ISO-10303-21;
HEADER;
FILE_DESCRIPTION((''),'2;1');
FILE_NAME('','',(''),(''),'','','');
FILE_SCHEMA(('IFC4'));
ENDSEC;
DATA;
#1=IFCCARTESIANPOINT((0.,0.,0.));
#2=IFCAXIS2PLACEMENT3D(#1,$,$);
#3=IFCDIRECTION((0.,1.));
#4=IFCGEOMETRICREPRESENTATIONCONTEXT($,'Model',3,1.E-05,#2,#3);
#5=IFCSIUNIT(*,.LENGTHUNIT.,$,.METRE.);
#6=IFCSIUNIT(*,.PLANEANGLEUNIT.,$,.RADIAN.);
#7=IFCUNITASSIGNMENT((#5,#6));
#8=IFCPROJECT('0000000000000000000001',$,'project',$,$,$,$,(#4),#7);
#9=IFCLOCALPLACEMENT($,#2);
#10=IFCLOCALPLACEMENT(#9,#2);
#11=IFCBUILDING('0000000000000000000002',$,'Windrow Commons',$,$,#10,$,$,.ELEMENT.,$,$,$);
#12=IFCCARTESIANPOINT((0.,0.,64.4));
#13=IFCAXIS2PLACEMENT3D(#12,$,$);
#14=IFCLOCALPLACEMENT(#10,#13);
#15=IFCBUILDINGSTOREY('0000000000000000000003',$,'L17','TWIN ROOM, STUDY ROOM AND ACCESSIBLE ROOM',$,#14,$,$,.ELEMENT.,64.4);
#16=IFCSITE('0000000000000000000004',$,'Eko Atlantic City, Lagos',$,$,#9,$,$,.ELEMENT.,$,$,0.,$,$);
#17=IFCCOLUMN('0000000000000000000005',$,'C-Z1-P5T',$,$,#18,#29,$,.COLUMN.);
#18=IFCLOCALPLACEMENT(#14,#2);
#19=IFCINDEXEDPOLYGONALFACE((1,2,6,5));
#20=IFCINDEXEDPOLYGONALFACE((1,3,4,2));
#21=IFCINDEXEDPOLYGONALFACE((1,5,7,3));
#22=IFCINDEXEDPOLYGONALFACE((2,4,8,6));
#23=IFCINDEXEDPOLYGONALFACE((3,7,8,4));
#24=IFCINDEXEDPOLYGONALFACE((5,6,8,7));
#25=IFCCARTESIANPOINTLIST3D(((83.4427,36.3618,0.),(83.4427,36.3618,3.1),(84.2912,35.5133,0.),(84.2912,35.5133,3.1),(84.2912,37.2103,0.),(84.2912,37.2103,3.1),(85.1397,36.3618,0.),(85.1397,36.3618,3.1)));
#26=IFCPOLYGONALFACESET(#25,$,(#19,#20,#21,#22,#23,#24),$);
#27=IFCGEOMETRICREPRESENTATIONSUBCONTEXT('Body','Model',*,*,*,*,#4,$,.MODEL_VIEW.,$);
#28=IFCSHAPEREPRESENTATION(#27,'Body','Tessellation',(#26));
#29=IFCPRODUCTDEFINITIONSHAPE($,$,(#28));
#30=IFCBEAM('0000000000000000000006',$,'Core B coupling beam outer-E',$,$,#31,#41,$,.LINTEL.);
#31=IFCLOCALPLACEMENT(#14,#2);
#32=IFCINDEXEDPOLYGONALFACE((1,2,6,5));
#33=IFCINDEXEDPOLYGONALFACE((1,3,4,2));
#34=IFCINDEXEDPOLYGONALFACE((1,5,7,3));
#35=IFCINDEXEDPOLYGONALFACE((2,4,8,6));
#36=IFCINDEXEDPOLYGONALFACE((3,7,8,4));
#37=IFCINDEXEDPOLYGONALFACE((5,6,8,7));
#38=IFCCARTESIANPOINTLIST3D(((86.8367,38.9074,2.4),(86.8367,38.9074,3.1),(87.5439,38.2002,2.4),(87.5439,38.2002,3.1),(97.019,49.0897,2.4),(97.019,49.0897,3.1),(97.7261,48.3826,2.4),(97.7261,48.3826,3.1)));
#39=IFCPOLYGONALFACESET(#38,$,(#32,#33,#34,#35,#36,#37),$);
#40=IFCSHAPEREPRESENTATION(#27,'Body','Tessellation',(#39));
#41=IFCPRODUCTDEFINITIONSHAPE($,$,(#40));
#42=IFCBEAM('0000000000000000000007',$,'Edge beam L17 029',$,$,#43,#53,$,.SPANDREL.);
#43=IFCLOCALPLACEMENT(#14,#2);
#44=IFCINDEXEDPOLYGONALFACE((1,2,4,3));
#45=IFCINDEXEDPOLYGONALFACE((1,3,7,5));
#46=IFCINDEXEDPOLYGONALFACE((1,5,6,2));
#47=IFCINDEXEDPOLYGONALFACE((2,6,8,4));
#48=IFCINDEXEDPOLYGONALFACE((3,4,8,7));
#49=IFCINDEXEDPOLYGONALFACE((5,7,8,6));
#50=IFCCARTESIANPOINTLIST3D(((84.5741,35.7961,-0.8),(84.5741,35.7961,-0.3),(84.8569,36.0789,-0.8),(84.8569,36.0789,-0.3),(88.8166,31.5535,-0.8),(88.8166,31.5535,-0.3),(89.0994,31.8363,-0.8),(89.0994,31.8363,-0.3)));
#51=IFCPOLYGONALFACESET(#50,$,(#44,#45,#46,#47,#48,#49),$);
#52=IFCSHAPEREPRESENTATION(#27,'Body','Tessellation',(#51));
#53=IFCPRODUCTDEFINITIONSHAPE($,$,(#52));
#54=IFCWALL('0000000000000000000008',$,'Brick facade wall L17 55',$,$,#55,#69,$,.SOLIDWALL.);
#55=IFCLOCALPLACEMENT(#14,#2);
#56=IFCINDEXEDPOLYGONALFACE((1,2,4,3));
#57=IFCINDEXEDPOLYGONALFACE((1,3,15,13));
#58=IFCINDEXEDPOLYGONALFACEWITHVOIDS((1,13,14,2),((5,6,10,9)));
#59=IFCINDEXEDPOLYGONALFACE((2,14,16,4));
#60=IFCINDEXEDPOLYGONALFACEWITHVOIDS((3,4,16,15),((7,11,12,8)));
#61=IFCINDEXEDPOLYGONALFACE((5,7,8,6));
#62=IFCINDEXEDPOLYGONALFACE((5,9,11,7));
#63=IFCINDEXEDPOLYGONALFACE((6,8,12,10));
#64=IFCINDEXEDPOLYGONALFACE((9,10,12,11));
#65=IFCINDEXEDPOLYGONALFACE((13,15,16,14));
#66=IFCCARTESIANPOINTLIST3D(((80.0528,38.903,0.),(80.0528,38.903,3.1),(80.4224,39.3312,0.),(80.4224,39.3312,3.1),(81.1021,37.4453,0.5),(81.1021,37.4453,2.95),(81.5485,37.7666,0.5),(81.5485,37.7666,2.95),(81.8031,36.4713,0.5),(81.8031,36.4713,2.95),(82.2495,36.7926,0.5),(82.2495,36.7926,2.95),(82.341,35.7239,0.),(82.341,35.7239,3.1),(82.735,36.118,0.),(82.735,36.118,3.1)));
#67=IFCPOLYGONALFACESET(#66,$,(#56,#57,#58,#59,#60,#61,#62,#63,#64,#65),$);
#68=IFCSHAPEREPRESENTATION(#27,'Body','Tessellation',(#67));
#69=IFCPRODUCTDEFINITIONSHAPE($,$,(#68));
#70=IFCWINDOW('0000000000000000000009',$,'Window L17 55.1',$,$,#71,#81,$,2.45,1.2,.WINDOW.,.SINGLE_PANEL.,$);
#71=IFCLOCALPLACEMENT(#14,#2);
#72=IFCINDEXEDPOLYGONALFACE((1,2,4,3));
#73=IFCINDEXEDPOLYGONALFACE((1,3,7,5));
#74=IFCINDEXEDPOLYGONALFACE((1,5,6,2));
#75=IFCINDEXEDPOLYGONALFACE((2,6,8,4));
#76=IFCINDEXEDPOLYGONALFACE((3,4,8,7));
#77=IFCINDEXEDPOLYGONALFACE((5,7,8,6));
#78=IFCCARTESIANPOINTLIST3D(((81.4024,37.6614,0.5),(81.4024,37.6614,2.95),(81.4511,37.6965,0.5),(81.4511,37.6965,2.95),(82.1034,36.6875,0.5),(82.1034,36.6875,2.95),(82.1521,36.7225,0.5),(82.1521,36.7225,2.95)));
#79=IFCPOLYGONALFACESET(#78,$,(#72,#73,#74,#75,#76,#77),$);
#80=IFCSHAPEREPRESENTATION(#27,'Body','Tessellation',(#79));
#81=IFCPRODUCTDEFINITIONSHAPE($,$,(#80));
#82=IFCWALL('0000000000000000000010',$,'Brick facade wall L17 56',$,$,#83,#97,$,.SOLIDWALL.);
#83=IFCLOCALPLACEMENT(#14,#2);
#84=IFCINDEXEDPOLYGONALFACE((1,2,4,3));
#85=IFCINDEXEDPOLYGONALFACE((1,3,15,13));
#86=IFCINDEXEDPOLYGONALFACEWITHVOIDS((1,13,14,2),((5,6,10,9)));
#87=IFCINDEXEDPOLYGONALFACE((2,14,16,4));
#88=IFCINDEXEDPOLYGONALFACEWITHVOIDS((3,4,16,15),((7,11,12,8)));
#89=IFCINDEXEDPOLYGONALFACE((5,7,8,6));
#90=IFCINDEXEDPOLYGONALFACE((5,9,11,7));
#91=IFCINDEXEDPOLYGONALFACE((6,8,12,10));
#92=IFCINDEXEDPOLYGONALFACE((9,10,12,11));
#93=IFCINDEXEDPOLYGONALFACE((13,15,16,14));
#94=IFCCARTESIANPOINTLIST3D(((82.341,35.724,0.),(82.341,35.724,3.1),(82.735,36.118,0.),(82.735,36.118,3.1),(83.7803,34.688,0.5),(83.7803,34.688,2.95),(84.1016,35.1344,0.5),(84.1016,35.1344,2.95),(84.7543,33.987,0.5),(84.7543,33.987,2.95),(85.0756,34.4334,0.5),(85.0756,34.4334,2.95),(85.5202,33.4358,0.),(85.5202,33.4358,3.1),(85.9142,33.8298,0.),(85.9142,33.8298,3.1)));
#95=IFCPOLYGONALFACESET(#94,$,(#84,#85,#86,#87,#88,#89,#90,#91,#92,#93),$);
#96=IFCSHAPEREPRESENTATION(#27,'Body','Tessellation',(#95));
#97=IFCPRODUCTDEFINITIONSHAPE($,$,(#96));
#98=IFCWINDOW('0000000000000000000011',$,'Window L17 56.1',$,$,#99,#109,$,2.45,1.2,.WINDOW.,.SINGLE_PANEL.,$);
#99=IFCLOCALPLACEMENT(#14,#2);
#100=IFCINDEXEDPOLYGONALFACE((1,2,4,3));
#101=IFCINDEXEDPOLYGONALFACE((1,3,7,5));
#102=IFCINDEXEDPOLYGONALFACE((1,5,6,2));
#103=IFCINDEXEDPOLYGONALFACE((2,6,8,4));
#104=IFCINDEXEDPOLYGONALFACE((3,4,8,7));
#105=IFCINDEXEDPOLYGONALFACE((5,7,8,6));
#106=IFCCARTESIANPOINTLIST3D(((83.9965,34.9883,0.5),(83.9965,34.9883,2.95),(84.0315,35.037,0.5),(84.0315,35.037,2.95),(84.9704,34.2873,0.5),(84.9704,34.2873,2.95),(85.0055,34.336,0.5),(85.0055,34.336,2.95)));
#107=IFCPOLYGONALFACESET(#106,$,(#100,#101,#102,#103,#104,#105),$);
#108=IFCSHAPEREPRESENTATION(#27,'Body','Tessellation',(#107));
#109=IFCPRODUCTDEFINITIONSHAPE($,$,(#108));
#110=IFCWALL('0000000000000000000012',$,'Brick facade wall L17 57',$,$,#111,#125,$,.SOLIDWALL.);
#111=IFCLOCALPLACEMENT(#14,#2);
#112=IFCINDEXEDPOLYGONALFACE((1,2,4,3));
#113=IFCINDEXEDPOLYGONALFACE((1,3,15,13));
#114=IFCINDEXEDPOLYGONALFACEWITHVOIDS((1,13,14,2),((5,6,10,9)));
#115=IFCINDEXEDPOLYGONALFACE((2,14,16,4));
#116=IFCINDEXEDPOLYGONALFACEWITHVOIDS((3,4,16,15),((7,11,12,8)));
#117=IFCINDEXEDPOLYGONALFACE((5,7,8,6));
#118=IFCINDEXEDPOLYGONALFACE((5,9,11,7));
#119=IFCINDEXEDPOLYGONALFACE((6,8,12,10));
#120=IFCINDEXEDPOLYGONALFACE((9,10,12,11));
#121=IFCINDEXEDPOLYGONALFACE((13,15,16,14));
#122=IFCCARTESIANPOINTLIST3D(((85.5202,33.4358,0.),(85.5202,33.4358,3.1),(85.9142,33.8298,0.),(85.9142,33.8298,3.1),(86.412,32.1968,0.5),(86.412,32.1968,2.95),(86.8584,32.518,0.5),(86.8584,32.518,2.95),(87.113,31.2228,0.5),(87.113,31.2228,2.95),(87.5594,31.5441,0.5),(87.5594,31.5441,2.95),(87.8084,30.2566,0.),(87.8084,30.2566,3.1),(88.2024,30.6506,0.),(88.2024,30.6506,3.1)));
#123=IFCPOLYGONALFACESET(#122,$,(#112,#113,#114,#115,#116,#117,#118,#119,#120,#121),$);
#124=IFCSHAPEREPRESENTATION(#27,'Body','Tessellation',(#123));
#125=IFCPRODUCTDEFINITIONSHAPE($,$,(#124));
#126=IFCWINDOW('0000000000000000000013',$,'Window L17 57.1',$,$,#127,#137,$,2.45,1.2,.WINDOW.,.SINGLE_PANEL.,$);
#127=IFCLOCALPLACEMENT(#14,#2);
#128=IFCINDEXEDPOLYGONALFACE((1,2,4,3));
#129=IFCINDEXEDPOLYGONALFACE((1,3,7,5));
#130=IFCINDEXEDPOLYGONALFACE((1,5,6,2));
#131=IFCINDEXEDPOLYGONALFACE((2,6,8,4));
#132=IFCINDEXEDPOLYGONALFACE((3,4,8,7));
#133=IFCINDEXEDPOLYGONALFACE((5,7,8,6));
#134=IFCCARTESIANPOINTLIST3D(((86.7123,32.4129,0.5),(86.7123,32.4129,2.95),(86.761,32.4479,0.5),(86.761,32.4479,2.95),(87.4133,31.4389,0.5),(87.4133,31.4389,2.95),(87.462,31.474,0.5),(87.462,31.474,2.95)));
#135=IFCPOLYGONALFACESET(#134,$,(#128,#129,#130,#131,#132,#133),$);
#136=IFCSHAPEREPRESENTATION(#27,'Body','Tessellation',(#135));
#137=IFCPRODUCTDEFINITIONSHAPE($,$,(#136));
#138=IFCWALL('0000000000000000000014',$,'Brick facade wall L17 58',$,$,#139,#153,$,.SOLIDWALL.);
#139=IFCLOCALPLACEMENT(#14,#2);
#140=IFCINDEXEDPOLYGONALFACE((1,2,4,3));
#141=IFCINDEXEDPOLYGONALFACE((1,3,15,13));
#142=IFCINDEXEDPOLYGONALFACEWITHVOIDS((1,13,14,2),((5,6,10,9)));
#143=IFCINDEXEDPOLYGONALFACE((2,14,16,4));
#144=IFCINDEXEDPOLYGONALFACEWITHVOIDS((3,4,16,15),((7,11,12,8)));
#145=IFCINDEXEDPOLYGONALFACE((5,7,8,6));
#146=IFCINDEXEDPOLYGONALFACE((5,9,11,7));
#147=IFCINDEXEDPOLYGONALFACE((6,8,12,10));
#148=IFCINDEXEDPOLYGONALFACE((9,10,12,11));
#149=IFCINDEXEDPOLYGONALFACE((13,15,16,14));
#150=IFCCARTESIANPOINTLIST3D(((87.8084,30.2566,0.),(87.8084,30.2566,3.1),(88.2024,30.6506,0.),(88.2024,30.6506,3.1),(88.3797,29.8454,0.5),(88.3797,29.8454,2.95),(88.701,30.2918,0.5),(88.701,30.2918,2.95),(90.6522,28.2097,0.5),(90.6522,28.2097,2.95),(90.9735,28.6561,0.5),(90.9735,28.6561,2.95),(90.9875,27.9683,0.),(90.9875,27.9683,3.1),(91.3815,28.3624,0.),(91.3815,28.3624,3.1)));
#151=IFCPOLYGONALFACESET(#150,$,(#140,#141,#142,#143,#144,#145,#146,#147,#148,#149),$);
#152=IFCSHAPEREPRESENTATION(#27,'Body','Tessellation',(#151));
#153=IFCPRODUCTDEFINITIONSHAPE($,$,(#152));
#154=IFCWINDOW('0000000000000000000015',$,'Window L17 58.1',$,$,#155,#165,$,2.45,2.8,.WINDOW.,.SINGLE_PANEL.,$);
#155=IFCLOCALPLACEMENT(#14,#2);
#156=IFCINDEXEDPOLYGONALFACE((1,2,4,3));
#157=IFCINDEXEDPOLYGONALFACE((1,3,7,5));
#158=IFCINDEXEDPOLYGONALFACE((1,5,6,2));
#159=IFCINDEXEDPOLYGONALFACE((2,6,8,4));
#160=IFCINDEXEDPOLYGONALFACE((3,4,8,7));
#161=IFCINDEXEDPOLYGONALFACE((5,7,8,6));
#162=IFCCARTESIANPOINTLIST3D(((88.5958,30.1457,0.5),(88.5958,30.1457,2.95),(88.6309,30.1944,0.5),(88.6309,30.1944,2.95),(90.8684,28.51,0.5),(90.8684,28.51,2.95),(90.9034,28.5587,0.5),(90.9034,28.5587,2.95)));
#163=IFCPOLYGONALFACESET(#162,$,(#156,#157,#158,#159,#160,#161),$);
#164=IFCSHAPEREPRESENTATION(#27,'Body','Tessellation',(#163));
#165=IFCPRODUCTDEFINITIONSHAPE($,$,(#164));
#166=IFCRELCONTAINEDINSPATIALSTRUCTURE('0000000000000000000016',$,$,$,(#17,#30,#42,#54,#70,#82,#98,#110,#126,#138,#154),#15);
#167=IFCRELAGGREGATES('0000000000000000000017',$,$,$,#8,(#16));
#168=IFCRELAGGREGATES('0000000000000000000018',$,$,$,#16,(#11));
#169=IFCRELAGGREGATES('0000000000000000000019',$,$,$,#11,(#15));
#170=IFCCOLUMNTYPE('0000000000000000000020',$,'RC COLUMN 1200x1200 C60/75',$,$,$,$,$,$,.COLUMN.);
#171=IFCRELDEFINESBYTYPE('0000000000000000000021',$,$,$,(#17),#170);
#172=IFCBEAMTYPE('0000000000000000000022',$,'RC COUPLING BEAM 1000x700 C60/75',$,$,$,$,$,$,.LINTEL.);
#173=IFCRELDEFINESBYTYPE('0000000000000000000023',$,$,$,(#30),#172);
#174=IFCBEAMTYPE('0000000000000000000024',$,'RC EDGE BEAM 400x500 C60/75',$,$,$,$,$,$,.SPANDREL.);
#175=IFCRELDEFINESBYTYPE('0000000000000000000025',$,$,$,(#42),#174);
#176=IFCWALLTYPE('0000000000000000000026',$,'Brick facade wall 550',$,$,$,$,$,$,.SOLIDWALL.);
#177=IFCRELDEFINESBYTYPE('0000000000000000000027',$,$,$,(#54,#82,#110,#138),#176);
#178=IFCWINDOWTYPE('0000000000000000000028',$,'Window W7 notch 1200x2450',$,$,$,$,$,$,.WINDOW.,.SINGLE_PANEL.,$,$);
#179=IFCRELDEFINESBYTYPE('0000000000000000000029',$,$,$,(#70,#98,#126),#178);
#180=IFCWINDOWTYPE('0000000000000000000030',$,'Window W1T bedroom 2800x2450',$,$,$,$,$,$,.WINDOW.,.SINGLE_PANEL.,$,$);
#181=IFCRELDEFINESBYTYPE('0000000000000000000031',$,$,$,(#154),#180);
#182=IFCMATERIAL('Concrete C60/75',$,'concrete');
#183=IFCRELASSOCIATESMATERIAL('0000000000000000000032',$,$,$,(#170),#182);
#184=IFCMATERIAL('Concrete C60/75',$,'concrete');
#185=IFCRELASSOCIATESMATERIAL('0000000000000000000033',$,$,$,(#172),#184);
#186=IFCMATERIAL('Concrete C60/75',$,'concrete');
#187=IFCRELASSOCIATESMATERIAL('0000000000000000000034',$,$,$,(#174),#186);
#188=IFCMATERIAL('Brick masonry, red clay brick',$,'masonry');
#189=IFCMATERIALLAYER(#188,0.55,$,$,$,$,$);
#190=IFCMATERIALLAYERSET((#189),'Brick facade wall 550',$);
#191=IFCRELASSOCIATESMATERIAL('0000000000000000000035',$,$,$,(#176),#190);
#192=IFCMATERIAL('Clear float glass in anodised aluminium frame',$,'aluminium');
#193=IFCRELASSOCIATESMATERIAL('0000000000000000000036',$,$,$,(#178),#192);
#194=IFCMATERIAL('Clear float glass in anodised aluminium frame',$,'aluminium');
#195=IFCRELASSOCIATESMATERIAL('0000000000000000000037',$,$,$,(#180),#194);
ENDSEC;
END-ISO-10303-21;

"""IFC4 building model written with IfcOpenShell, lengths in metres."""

from ifc_helpers import new_model, si_unit, direction, frame, frame_2d, origin, origin_2d, place, context, subcontext, project, spatial, polyline, rectangle, outline, extrude, material, layer, layer_set, material_profile, profile_set, type_object, element, fill, save


model = new_model("IFC4")

# Units and contexts
model_context = context("Model", 3, precision=1e-05, world=origin(), true_north=direction((0.0, 1.0)))
body_context = subcontext(model_context, "Body", "Model", "MODEL_VIEW")
ifc_project = project(units=[si_unit("LENGTHUNIT", "METRE"), si_unit("PLANEANGLEUNIT", "RADIAN")], contexts=[model_context])

# Site, building, storey
site_placement = place(None, origin())
site = spatial("IfcSite", under=ifc_project, at=site_placement, Name="Eko Atlantic City, Lagos", CompositionType="ELEMENT", RefElevation=0.0)
building_placement = place(site_placement, origin())
building = spatial("IfcBuilding", under=site, at=building_placement, Name="Windrow Commons", CompositionType="ELEMENT")
storey_placement = place(building_placement, frame((0.0, 0.0, 64.4)))
storey = spatial("IfcBuildingStorey", under=building, at=storey_placement, Name="L17", Description="TWIN ROOM, STUDY ROOM AND ACCESSIBLE ROOM", CompositionType="ELEMENT", Elevation=64.4)

# Column
ifc_material_1 = material(Name="Concrete C60/75", Category="concrete")
ifc_material_profile_1 = material_profile(ifc_material_1, rectangle(XDim=1.2, YDim=1.2, at=origin_2d()))
ifc_profile_set_1 = profile_set([ifc_material_profile_1], Name="Concrete C60/75")
column_type = type_object("IfcColumnType", Name="RC COLUMN 1200x1200 C60/75", PredefinedType="COLUMN", material=ifc_profile_set_1)
column_placement = place(storey_placement, frame((84.2912, 36.3618, 0.0), z_axis=(0.0, 0.0, 1.0), x_axis=(0.707107, -0.707107, 0.0)))
element("IfcColumn", 1, at=column_placement, inside=storey, type_object=column_type, Name="C-Z1-P5T", PredefinedType="COLUMN", context=body_context, shape_type="SweptSolid", body=[
    extrude(rectangle(XDim=1.2, YDim=1.2, at=origin_2d()), origin(), (0.0, 0.0, 1.0), 3.1),
])

# Beams
ifc_material_2 = material(Name="Concrete C60/75", Category="concrete")
ifc_material_profile_2 = material_profile(ifc_material_2, rectangle(XDim=1.0, YDim=0.7, at=origin_2d()))
ifc_profile_set_2 = profile_set([ifc_material_profile_2], Name="Concrete C60/75")
beam_type_1 = type_object("IfcBeamType", Name="RC COUPLING BEAM 1000x700 C60/75", PredefinedType="LINTEL", material=ifc_profile_set_2)
beam_1_placement = place(storey_placement, frame((87.1903, 38.5538, 2.75), z_axis=(0.707103, 0.70711, 0.0), x_axis=(-0.70711, 0.707103, 0.0)))
element("IfcBeam", 2, at=beam_1_placement, inside=storey, type_object=beam_type_1, Name="Core B coupling beam outer-E", PredefinedType="LINTEL", context=body_context, shape_type="SweptSolid", body=[
    extrude(rectangle(XDim=1.0, YDim=0.7, at=origin_2d()), origin(), (0.0, 0.0, 1.0), 14.4),
])
ifc_material_3 = material(Name="Concrete C60/75", Category="concrete")
ifc_material_profile_3 = material_profile(ifc_material_3, rectangle(XDim=0.4, YDim=0.5, at=origin_2d()))
ifc_profile_set_3 = profile_set([ifc_material_profile_3], Name="Concrete C60/75")
beam_type_2 = type_object("IfcBeamType", Name="RC EDGE BEAM 400x500 C60/75", PredefinedType="SPANDREL", material=ifc_profile_set_3)
beam_2_placement = place(storey_placement, frame((88.958, 31.6949, -0.55), z_axis=(-0.707098, 0.707115, 0.0), x_axis=(-0.707115, -0.707098, 0.0)))
element("IfcBeam", 3, at=beam_2_placement, inside=storey, type_object=beam_type_2, Name="Edge beam L17 029", PredefinedType="SPANDREL", context=body_context, shape_type="SweptSolid", body=[
    extrude(rectangle(XDim=0.4, YDim=0.5, at=origin_2d()), origin(), (0.0, 0.0, 1.0), 5.9999),
])

# Walls, openings, windows
ifc_material_4 = material(Name="Brick masonry, red clay brick", Category="masonry")
ifc_layer_1 = layer(ifc_material_4, 0.55)
ifc_layer_set_1 = layer_set([ifc_layer_1], Name="Brick facade wall 550")
wall_type_1 = type_object("IfcWallType", Name="Brick facade wall 550", PredefinedType="SOLIDWALL", material=ifc_layer_set_1)
wall_1_placement = place(storey_placement, frame((80.2376, 39.1171, 0.0), z_axis=(0.0, 0.0, 1.0), x_axis=(0.584172, -0.81163, 0.0)))
wall_1 = element("IfcWall", 4, at=wall_1_placement, inside=storey, type_object=wall_type_1, Name="Brick facade wall L17 55", PredefinedType="SOLIDWALL", context=body_context, shape_type="SweptSolid", body=[
    extrude(outline(polyline([(0.0658, -0.275), (3.9828, -0.275), (3.8931, 0.275), (-0.0658, 0.275), (0.0658, -0.275)])), origin(), (0.0, 0.0, 1.0), 3.1),
])
opening_1_placement = place(wall_1_placement, frame((1.8619, 0.0, 0.5)))
opening_1 = element("IfcOpeningElement", 5, at=opening_1_placement, cuts=wall_1, PredefinedType="OPENING", context=body_context, shape_type="SweptSolid", body=[
    extrude(rectangle(XDim=1.2, YDim=2.45, at=frame_2d((0.6, 1.225))), frame((0.0, 0.285, 0.0), z_axis=(0.0, -1.0, 0.0), x_axis=(1.0, 0.0, 0.0)), (0.0, 0.0, 1.0), 0.57),
])
ifc_material_5 = material(Name="Clear float glass in anodised aluminium frame", Category="aluminium")
window_type_1 = type_object("IfcWindowType", Name="Window W7 notch 1200x2450", PartitioningType="SINGLE_PANEL", PredefinedType="WINDOW", material=ifc_material_5)
window_1_placement = place(opening_1_placement, origin())
window_1 = element("IfcWindow", 6, at=window_1_placement, inside=storey, type_object=window_type_1, Name="Window L17 55.1", OverallHeight=2.45, OverallWidth=1.2, PartitioningType="SINGLE_PANEL", PredefinedType="WINDOW", context=body_context, shape_type="SweptSolid", body=[
    extrude(rectangle(XDim=1.2, YDim=2.45, at=frame_2d((0.6, 1.225))), frame((0.0, 0.155, 0.0), z_axis=(0.0, -1.0, 0.0), x_axis=(1.0, 0.0, 0.0)), (0.0, 0.0, 1.0), 0.06),
])
fill(opening_1, window_1)
wall_2_placement = place(storey_placement, frame((82.538, 35.921, 0.0), z_axis=(0.0, 0.0, 1.0), x_axis=(0.811634, -0.584166, 0.0)))
wall_2 = element("IfcWall", 7, at=wall_2_placement, inside=storey, type_object=wall_type_1, Name="Brick facade wall L17 56", PredefinedType="SOLIDWALL", context=body_context, shape_type="SweptSolid", body=[
    extrude(outline(polyline([(-0.0448, -0.275), (3.8722, -0.275), (3.9618, 0.275), (0.0448, 0.275), (-0.0448, -0.275)])), origin(), (0.0, 0.0, 1.0), 3.1),
])
opening_2_placement = place(wall_2_placement, frame((1.7286, 0.0, 0.5)))
opening_2 = element("IfcOpeningElement", 8, at=opening_2_placement, cuts=wall_2, PredefinedType="OPENING", context=body_context, shape_type="SweptSolid", body=[
    extrude(rectangle(XDim=1.2, YDim=2.45, at=frame_2d((0.6, 1.225))), frame((0.0, 0.285, 0.0), z_axis=(0.0, -1.0, 0.0), x_axis=(1.0, 0.0, 0.0)), (0.0, 0.0, 1.0), 0.57),
])
window_2_placement = place(opening_2_placement, origin())
window_2 = element("IfcWindow", 9, at=window_2_placement, inside=storey, type_object=window_type_1, Name="Window L17 56.1", OverallHeight=2.45, OverallWidth=1.2, PartitioningType="SINGLE_PANEL", PredefinedType="WINDOW", context=body_context, shape_type="SweptSolid", body=[
    extrude(rectangle(XDim=1.2, YDim=2.45, at=frame_2d((0.6, 1.225))), frame((0.0, 0.155, 0.0), z_axis=(0.0, -1.0, 0.0), x_axis=(1.0, 0.0, 0.0)), (0.0, 0.0, 1.0), 0.06),
])
fill(opening_2, window_2)
wall_3_placement = place(storey_placement, frame((85.7172, 33.6328, 0.0), z_axis=(0.0, 0.0, 1.0), x_axis=(0.584166, -0.811634, 0.0)))
wall_3 = element("IfcWall", 10, at=wall_3_placement, inside=storey, type_object=wall_type_1, Name="Brick facade wall L17 57", PredefinedType="SOLIDWALL", context=body_context, shape_type="SweptSolid", body=[
    extrude(outline(polyline([(0.0448, -0.275), (3.9618, -0.275), (3.8722, 0.275), (-0.0448, 0.275), (0.0448, -0.275)])), origin(), (0.0, 0.0, 1.0), 3.1),
])
opening_3_placement = place(wall_3_placement, frame((1.5714, 0.0, 0.5)))
opening_3 = element("IfcOpeningElement", 11, at=opening_3_placement, cuts=wall_3, PredefinedType="OPENING", context=body_context, shape_type="SweptSolid", body=[
    extrude(rectangle(XDim=1.2, YDim=2.45, at=frame_2d((0.6, 1.225))), frame((0.0, 0.285, 0.0), z_axis=(0.0, -1.0, 0.0), x_axis=(1.0, 0.0, 0.0)), (0.0, 0.0, 1.0), 0.57),
])
window_3_placement = place(opening_3_placement, origin())
window_3 = element("IfcWindow", 12, at=window_3_placement, inside=storey, type_object=window_type_1, Name="Window L17 57.1", OverallHeight=2.45, OverallWidth=1.2, PartitioningType="SINGLE_PANEL", PredefinedType="WINDOW", context=body_context, shape_type="SweptSolid", body=[
    extrude(rectangle(XDim=1.2, YDim=2.45, at=frame_2d((0.6, 1.225))), frame((0.0, 0.155, 0.0), z_axis=(0.0, -1.0, 0.0), x_axis=(1.0, 0.0, 0.0)), (0.0, 0.0, 1.0), 0.06),
])
fill(opening_3, window_3)
wall_4_placement = place(storey_placement, frame((88.0054, 30.4536, 0.0), z_axis=(0.0, 0.0, 1.0), x_axis=(0.811625, -0.584178, 0.0)))
wall_4 = element("IfcWall", 13, at=wall_4_placement, inside=storey, type_object=wall_type_1, Name="Brick facade wall L17 58", PredefinedType="SOLIDWALL", context=body_context, shape_type="SweptSolid", body=[
    extrude(outline(polyline([(-0.0448, -0.275), (3.8722, -0.275), (3.9618, 0.275), (0.0448, 0.275), (-0.0448, -0.275)])), origin(), (0.0, 0.0, 1.0), 3.1),
])
opening_4_placement = place(wall_4_placement, frame((0.6591, 0.0, 0.5)))
opening_4 = element("IfcOpeningElement", 14, at=opening_4_placement, cuts=wall_4, PredefinedType="OPENING", context=body_context, shape_type="SweptSolid", body=[
    extrude(rectangle(XDim=2.8, YDim=2.45, at=frame_2d((1.4, 1.225))), frame((0.0, 0.285, 0.0), z_axis=(0.0, -1.0, 0.0), x_axis=(1.0, 0.0, 0.0)), (0.0, 0.0, 1.0), 0.57),
])
ifc_material_6 = material(Name="Clear float glass in anodised aluminium frame", Category="aluminium")
window_type_2 = type_object("IfcWindowType", Name="Window W1T bedroom 2800x2450", PartitioningType="SINGLE_PANEL", PredefinedType="WINDOW", material=ifc_material_6)
window_4_placement = place(opening_4_placement, origin())
window_4 = element("IfcWindow", 15, at=window_4_placement, inside=storey, type_object=window_type_2, Name="Window L17 58.1", OverallHeight=2.45, OverallWidth=2.8, PartitioningType="SINGLE_PANEL", PredefinedType="WINDOW", context=body_context, shape_type="SweptSolid", body=[
    extrude(rectangle(XDim=2.8, YDim=2.45, at=frame_2d((1.4, 1.225))), frame((0.0, 0.155, 0.0), z_axis=(0.0, -1.0, 0.0), x_axis=(1.0, 0.0, 0.0)), (0.0, 0.0, 1.0), 0.06),
])
fill(opening_4, window_4)

save(model, "model.ifc")
